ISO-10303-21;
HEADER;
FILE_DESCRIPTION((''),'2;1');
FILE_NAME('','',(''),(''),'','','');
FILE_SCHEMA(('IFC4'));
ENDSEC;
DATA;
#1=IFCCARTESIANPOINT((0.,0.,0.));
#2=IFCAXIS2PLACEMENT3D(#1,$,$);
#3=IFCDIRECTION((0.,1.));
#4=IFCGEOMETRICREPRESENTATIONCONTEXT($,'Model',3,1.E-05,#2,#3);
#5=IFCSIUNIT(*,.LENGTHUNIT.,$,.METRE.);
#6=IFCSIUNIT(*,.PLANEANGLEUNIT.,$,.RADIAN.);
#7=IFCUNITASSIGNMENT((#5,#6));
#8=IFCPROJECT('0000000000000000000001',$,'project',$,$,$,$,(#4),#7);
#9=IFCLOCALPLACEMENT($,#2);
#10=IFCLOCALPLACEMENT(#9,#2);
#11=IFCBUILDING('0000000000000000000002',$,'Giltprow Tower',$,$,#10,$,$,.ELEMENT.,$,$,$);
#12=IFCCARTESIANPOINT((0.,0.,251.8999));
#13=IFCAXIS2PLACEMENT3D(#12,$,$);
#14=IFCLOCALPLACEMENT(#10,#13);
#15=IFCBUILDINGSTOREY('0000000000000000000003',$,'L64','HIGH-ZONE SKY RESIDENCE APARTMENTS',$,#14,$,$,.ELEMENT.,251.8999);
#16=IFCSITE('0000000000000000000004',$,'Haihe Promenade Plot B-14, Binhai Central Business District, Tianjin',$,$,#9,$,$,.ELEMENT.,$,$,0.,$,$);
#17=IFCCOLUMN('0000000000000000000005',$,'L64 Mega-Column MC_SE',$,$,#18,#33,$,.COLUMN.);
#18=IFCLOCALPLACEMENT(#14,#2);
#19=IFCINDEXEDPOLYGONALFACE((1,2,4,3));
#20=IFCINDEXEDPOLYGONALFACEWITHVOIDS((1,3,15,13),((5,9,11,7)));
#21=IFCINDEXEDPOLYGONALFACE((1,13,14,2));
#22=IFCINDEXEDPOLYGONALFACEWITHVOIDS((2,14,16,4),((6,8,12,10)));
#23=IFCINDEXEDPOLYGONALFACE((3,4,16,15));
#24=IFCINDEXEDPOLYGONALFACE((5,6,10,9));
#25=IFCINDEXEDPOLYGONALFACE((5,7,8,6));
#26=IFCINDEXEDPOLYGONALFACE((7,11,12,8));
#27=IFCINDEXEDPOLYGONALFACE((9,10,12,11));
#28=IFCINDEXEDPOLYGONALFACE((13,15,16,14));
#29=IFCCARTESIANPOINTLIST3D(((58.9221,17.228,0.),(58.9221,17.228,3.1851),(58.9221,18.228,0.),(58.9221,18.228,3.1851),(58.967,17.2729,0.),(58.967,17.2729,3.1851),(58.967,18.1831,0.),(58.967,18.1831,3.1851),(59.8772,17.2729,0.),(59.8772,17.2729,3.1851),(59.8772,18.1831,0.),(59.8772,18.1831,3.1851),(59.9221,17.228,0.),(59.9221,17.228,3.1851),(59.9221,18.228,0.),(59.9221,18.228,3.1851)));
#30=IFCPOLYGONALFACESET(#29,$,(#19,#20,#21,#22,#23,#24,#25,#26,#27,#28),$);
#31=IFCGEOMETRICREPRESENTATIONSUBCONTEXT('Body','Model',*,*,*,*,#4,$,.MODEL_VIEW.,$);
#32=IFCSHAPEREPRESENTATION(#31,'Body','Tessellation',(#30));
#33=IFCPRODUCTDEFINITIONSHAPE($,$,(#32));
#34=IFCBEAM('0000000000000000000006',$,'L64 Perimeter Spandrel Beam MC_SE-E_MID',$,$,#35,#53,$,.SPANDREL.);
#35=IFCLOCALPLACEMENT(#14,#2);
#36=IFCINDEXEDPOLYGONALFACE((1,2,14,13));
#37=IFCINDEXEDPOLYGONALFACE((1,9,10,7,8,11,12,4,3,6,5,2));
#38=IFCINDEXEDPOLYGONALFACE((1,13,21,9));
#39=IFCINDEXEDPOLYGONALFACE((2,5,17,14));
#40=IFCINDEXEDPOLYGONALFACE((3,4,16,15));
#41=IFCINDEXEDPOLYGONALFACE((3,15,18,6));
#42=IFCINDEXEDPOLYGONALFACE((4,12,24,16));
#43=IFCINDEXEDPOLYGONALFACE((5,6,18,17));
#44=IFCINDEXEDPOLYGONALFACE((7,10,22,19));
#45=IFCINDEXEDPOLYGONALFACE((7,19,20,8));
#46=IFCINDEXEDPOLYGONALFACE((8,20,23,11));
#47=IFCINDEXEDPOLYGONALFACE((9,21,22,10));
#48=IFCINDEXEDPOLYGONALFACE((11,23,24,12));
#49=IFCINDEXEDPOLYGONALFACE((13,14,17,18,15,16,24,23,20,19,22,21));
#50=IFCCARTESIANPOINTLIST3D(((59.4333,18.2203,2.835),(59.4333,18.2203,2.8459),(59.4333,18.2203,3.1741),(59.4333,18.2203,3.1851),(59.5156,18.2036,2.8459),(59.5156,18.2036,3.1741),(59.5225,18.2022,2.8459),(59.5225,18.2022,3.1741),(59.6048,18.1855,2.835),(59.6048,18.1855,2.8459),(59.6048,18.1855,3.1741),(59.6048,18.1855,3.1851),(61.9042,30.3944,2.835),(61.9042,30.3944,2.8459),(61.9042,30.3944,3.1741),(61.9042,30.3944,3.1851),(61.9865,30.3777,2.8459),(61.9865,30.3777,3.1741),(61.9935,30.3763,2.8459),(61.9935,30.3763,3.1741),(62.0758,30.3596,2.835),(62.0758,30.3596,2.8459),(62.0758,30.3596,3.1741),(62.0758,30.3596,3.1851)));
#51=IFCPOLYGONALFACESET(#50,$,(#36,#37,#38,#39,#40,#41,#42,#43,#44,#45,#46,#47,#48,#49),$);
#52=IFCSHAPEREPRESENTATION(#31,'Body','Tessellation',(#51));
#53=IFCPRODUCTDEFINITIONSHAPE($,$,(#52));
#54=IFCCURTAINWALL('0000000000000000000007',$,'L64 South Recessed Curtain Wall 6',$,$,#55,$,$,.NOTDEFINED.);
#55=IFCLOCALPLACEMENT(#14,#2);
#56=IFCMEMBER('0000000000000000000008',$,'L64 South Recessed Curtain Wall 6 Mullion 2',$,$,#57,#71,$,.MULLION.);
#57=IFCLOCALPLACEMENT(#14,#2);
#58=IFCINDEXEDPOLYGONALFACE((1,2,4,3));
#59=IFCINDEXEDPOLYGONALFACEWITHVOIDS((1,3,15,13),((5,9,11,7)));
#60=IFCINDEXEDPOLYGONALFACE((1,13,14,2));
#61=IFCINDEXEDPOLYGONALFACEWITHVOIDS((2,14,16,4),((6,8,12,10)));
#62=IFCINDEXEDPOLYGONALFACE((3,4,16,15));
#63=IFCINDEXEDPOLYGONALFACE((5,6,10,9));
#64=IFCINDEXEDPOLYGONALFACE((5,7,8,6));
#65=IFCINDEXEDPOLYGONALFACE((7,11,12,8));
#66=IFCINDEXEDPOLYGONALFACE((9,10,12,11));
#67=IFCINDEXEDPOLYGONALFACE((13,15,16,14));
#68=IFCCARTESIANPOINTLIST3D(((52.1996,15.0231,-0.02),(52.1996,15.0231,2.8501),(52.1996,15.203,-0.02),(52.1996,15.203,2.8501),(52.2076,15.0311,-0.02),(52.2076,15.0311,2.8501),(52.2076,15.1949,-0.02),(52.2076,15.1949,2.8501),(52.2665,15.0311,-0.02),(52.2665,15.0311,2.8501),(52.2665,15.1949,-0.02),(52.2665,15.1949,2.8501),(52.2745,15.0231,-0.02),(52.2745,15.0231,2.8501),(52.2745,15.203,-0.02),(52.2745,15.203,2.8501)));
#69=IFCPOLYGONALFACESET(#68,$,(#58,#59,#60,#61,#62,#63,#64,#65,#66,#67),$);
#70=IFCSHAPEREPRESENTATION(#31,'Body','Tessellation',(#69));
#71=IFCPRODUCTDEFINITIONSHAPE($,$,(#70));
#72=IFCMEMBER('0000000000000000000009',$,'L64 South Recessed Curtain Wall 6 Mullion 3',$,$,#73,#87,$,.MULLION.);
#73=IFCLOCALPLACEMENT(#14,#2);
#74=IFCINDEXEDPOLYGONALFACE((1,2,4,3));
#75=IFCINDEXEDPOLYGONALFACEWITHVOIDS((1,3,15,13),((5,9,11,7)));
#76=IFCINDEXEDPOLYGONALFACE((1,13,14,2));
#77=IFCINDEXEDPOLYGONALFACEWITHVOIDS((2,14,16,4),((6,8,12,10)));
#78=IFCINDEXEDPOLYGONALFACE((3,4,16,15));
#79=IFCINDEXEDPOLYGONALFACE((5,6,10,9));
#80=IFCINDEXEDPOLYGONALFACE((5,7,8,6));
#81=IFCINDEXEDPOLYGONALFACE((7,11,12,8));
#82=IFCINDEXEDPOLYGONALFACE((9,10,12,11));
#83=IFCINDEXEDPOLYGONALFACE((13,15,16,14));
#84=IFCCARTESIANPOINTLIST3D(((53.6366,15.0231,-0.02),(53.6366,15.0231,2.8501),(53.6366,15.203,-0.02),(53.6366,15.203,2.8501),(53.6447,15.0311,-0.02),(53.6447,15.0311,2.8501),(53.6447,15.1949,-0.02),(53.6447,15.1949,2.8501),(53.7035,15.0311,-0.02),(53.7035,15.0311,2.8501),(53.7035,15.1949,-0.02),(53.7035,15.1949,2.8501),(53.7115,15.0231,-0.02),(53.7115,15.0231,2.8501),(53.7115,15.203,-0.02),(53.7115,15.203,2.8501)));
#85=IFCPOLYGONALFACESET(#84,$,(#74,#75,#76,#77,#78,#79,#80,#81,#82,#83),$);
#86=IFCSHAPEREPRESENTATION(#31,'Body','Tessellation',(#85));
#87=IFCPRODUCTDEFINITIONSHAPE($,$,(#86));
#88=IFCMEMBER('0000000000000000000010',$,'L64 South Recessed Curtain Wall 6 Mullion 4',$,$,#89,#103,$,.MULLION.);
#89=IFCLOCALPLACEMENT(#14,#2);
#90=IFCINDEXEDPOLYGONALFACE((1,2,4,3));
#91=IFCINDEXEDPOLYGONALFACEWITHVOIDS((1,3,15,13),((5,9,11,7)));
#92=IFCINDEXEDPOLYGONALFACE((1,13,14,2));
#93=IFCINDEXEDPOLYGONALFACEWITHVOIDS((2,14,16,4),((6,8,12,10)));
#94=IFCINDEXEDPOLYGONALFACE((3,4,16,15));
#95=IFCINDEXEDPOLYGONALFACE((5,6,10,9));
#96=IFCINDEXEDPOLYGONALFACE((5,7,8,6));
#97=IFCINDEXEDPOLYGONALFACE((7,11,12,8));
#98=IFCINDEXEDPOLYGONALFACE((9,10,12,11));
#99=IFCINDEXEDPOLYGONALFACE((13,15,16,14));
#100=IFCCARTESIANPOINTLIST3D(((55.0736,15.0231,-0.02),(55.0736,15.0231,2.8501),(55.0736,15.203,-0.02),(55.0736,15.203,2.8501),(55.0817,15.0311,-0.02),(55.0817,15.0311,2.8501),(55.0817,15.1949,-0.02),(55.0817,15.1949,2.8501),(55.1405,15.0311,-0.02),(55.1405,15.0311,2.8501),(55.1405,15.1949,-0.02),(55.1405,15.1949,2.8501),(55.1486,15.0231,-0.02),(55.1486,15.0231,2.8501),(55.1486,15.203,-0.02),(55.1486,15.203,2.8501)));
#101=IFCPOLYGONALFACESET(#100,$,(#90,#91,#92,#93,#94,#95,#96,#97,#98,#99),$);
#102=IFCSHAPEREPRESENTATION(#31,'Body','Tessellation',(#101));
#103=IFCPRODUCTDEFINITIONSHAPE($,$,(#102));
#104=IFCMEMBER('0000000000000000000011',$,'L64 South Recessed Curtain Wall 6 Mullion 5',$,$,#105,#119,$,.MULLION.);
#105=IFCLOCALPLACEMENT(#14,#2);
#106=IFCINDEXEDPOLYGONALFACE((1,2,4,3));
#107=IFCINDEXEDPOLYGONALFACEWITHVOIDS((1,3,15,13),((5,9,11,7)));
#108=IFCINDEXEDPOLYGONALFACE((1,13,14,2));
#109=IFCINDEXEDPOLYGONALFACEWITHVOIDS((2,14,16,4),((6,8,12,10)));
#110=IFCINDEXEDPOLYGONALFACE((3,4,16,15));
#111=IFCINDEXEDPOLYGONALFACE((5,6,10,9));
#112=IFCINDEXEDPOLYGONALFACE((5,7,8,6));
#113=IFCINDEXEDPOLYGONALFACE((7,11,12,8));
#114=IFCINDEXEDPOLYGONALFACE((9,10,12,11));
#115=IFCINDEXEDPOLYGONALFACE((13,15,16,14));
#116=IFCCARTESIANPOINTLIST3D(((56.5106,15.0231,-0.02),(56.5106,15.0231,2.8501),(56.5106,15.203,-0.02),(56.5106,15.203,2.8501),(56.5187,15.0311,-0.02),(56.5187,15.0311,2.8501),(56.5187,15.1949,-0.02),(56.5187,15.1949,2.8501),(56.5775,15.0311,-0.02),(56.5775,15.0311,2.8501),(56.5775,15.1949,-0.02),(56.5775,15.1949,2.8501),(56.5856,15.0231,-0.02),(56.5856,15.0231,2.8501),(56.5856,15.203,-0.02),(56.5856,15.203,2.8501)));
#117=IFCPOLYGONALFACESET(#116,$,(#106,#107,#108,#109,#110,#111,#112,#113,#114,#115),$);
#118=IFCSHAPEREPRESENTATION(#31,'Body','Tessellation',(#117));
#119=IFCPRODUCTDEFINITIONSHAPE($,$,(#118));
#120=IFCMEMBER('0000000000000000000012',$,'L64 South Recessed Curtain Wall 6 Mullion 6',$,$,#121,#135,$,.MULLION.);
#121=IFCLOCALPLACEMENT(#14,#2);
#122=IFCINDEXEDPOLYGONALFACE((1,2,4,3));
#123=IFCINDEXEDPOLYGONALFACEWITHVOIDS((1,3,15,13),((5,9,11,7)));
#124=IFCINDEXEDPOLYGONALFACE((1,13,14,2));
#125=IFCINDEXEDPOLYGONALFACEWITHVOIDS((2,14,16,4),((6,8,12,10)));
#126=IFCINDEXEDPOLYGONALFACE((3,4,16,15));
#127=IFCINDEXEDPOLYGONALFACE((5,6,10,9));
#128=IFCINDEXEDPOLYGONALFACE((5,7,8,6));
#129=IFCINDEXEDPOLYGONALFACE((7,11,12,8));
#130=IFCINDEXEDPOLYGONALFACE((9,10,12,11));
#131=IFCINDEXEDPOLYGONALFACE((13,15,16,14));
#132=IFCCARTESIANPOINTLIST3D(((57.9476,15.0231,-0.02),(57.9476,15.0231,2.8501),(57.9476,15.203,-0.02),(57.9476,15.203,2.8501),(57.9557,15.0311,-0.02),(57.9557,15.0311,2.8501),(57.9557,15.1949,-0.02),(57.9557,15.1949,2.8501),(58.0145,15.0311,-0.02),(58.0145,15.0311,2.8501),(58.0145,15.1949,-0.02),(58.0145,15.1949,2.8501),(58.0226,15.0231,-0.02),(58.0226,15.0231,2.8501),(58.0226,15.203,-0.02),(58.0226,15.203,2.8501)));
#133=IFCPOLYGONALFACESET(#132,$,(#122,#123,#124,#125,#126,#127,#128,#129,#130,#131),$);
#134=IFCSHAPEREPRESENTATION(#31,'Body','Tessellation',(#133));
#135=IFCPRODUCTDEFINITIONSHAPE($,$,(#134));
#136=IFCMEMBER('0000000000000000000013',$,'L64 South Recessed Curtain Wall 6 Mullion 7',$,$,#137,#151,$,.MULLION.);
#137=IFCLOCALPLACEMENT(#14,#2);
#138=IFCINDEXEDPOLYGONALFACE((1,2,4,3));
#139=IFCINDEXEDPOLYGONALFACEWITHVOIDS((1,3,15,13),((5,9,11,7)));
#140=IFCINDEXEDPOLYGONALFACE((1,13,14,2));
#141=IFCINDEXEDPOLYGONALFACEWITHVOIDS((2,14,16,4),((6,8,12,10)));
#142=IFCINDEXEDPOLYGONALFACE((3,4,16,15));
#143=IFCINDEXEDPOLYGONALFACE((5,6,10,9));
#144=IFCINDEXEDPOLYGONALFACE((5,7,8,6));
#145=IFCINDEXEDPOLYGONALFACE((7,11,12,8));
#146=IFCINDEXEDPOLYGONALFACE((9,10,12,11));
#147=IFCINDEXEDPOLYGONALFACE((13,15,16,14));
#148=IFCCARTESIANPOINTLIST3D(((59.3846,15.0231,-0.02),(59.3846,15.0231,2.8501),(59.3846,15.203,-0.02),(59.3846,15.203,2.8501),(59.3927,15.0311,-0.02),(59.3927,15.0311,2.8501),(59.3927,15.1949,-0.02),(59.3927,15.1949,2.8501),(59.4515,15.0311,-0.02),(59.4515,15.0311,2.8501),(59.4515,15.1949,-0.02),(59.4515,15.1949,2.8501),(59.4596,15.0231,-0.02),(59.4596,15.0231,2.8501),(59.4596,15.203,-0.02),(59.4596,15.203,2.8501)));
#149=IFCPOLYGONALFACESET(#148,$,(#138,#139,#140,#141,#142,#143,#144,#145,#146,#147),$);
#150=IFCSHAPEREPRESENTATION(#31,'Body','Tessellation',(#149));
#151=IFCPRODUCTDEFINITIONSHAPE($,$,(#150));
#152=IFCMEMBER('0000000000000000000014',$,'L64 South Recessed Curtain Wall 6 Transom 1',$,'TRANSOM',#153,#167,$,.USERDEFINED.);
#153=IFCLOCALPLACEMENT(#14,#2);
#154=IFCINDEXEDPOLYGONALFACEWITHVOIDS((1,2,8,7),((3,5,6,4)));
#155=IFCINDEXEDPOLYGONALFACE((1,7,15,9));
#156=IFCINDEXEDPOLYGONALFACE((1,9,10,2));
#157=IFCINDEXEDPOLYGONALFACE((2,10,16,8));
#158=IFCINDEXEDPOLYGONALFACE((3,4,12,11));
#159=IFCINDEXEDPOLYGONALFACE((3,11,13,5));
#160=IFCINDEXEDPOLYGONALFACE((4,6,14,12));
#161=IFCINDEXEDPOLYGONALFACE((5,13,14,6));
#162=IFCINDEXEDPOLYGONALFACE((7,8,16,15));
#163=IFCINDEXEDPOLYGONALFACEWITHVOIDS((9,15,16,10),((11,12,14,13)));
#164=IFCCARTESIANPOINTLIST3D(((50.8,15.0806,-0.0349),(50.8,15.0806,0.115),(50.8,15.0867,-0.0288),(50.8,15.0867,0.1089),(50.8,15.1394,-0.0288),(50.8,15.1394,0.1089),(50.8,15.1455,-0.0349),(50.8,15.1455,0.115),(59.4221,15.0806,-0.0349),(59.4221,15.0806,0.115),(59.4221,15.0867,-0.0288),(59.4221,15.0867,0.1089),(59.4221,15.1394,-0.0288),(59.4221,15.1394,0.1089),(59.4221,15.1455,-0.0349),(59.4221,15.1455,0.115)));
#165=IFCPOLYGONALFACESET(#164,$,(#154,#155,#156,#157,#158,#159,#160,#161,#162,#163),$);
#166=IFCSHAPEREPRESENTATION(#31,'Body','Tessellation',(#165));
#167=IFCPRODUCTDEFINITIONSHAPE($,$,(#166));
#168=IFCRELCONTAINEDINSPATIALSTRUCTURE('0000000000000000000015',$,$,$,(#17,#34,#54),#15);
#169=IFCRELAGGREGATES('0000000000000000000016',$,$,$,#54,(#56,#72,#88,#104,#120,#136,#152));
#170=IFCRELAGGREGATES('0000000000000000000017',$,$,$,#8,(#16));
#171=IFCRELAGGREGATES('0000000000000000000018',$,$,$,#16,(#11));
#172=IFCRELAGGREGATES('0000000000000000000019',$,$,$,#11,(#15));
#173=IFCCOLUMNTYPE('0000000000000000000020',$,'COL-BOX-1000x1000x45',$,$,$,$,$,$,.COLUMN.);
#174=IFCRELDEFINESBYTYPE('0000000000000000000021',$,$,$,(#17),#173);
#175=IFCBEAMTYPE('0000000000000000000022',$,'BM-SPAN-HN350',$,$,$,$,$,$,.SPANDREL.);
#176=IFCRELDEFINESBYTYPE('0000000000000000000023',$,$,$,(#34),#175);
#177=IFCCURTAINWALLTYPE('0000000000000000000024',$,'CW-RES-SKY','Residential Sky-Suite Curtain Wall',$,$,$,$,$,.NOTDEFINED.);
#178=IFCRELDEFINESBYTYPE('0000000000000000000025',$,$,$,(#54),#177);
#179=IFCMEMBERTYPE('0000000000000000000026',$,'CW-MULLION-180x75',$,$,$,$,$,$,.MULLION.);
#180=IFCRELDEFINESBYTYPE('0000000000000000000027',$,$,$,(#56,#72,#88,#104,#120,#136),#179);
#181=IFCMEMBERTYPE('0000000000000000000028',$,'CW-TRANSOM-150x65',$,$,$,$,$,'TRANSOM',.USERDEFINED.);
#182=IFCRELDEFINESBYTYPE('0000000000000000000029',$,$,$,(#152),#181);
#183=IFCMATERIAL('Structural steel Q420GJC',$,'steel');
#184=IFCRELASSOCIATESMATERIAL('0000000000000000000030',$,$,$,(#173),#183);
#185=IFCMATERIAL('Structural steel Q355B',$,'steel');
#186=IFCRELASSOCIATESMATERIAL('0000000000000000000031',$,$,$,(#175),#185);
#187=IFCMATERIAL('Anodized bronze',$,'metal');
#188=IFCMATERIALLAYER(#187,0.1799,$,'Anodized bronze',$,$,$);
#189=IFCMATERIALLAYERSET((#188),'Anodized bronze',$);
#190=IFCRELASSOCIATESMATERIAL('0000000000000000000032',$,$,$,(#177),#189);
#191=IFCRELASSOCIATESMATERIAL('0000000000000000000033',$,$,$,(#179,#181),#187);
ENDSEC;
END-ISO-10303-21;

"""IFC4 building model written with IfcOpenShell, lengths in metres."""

from ifc_helpers import new_model, si_unit, direction, frame, origin, origin_2d, place, context, subcontext, project, spatial, hollow_rectangle, i_section, extrude, source, transform, mapped, material, layer, layer_set, material_profile, profile_set, type_object, element, aggregate, save


model = new_model("IFC4")

# Units and contexts
model_context = context("Model", 3, precision=1e-05, world=origin(), true_north=direction((0.0, 1.0)))
body_context = subcontext(model_context, "Body", "Model", "MODEL_VIEW")
ifc_project = project(units=[si_unit("LENGTHUNIT", "METRE"), si_unit("PLANEANGLEUNIT", "RADIAN")], contexts=[model_context])

# Site, building, storey
site_placement = place(None, origin())
site = spatial("IfcSite", under=ifc_project, at=site_placement, Name="Haihe Promenade Plot B-14, Binhai Central Business District, Tianjin", CompositionType="ELEMENT", RefElevation=0.0)
building_placement = place(site_placement, origin())
building = spatial("IfcBuilding", under=site, at=building_placement, Name="Giltprow Tower", CompositionType="ELEMENT")
storey_placement = place(building_placement, frame((0.0, 0.0, 251.8999)))
storey = spatial("IfcBuildingStorey", under=building, at=storey_placement, Name="L64", Description="HIGH-ZONE SKY RESIDENCE APARTMENTS", CompositionType="ELEMENT", Elevation=251.8999)

# Column
ifc_material_1 = material(Name="Structural steel Q420GJC", Category="steel")
ifc_material_profile_1 = material_profile(ifc_material_1, hollow_rectangle(XDim=1.0, YDim=1.0, WallThickness=0.0449, at=origin_2d()), Name="BOX 1000x1000x45")
ifc_profile_set_1 = profile_set([ifc_material_profile_1], Name="Structural steel Q420GJC")
column_type = type_object("IfcColumnType", Name="COL-BOX-1000x1000x45", PredefinedType="COLUMN", material=ifc_profile_set_1)
shared_shape_1 = source(origin(), body_context, "Body", "SweptSolid", [
    extrude(hollow_rectangle(XDim=1.0, YDim=1.0, WallThickness=0.0449, at=origin_2d()), origin(), (0.0, 0.0, 1.0), 3.1851),
])
column_placement = place(storey_placement, frame((59.4221, 17.728, 0.0), z_axis=(0.0, 0.0, 1.0), x_axis=(1.0, 0.0, 0.0)))
element("IfcColumn", 1, at=column_placement, inside=storey, type_object=column_type, Name="L64 Mega-Column MC_SE", PredefinedType="COLUMN", context=body_context, shape_type="MappedRepresentation", body=[
    mapped(shared_shape_1, transform((0.0, 0.0, 0.0), x_axis=(1.0, 0.0, 0.0), y_axis=(0.0, 1.0, 0.0), z_axis=(0.0, 0.0, 1.0), scale=1.0)),
])

# Beam
ifc_material_2 = material(Name="Structural steel Q355B", Category="steel")
ifc_material_profile_2 = material_profile(ifc_material_2, i_section(OverallWidth=0.175, OverallDepth=0.3501, WebThickness=0.0071, FlangeThickness=0.011, at=origin_2d()), Name="HN 350x175x7x11")
ifc_profile_set_2 = profile_set([ifc_material_profile_2], Name="Structural steel Q355B")
beam_type = type_object("IfcBeamType", Name="BM-SPAN-HN350", PredefinedType="SPANDREL", material=ifc_profile_set_2)
shared_shape_2 = source(origin(), body_context, "Body", "SweptSolid", [
    extrude(i_section(OverallWidth=0.175, OverallDepth=0.3501, WebThickness=0.0071, FlangeThickness=0.011, at=origin_2d()), origin(), (0.0, 0.0, 1.0), 12.4224),
])
beam_placement = place(storey_placement, frame((59.519, 18.2029, 3.01), z_axis=(0.198912, 0.980017, 0.0), x_axis=(-0.980017, 0.198912, 0.0)))
element("IfcBeam", 2, at=beam_placement, inside=storey, type_object=beam_type, Name="L64 Perimeter Spandrel Beam MC_SE-E_MID", PredefinedType="SPANDREL", context=body_context, shape_type="MappedRepresentation", body=[
    mapped(shared_shape_2, transform((0.0, 0.0, 0.0), x_axis=(1.0, 0.0, 0.0), y_axis=(0.0, 1.0, 0.0), z_axis=(0.0, 0.0, 1.0), scale=1.0)),
])

# Curtain wall, members
ifc_material_3 = material(Name="Anodized bronze", Category="metal")
ifc_layer_1 = layer(ifc_material_3, 0.1799, Name="Anodized bronze")
ifc_layer_set_1 = layer_set([ifc_layer_1], Name="Anodized bronze")
curtain_wall_type = type_object("IfcCurtainWallType", Name="CW-RES-SKY", Description="Residential Sky-Suite Curtain Wall", PredefinedType="NOTDEFINED", material=ifc_layer_set_1)
curtain_wall_placement = place(storey_placement, origin())
curtain_wall = element("IfcCurtainWall", 3, at=curtain_wall_placement, inside=storey, type_object=curtain_wall_type, Name="L64 South Recessed Curtain Wall 6", PredefinedType="NOTDEFINED")
ifc_material_profile_3 = material_profile(ifc_material_3, hollow_rectangle(XDim=0.075, YDim=0.1799, WallThickness=0.0081, at=origin_2d()), Name="RHS 180x75x8")
ifc_profile_set_3 = profile_set([ifc_material_profile_3], Name="Anodized bronze")
member_type_1 = type_object("IfcMemberType", Name="CW-MULLION-180x75", PredefinedType="MULLION", material=ifc_profile_set_3)
shared_shape_3 = source(origin(), body_context, "Body", "SweptSolid", [
    extrude(hollow_rectangle(XDim=0.075, YDim=0.1799, WallThickness=0.0081, at=origin_2d()), origin(), (0.0, 0.0, 1.0), 2.8701),
])
member_1_placement = place(storey_placement, frame((52.2371, 15.113, -0.02), z_axis=(0.0, 0.0, 1.0), x_axis=(1.0, 0.0, 0.0)))
member_1 = element("IfcMember", 4, at=member_1_placement, type_object=member_type_1, Name="L64 South Recessed Curtain Wall 6 Mullion 2", PredefinedType="MULLION", context=body_context, shape_type="MappedRepresentation", body=[
    mapped(shared_shape_3, transform((0.0, 0.0, 0.0), x_axis=(1.0, 0.0, 0.0), y_axis=(0.0, 1.0, 0.0), z_axis=(0.0, 0.0, 1.0), scale=1.0)),
])
member_2_placement = place(storey_placement, frame((53.6741, 15.113, -0.02), z_axis=(0.0, 0.0, 1.0), x_axis=(1.0, 0.0, 0.0)))
member_2 = element("IfcMember", 5, at=member_2_placement, type_object=member_type_1, Name="L64 South Recessed Curtain Wall 6 Mullion 3", PredefinedType="MULLION", context=body_context, shape_type="MappedRepresentation", body=[
    mapped(shared_shape_3, transform((0.0, 0.0, 0.0), x_axis=(1.0, 0.0, 0.0), y_axis=(0.0, 1.0, 0.0), z_axis=(0.0, 0.0, 1.0), scale=1.0)),
])
member_3_placement = place(storey_placement, frame((55.1111, 15.113, -0.02), z_axis=(0.0, 0.0, 1.0), x_axis=(1.0, 0.0, 0.0)))
member_3 = element("IfcMember", 6, at=member_3_placement, type_object=member_type_1, Name="L64 South Recessed Curtain Wall 6 Mullion 4", PredefinedType="MULLION", context=body_context, shape_type="MappedRepresentation", body=[
    mapped(shared_shape_3, transform((0.0, 0.0, 0.0), x_axis=(1.0, 0.0, 0.0), y_axis=(0.0, 1.0, 0.0), z_axis=(0.0, 0.0, 1.0), scale=1.0)),
])
member_4_placement = place(storey_placement, frame((56.5481, 15.113, -0.02), z_axis=(0.0, 0.0, 1.0), x_axis=(1.0, 0.0, 0.0)))
member_4 = element("IfcMember", 7, at=member_4_placement, type_object=member_type_1, Name="L64 South Recessed Curtain Wall 6 Mullion 5", PredefinedType="MULLION", context=body_context, shape_type="MappedRepresentation", body=[
    mapped(shared_shape_3, transform((0.0, 0.0, 0.0), x_axis=(1.0, 0.0, 0.0), y_axis=(0.0, 1.0, 0.0), z_axis=(0.0, 0.0, 1.0), scale=1.0)),
])
member_5_placement = place(storey_placement, frame((57.9851, 15.113, -0.02), z_axis=(0.0, 0.0, 1.0), x_axis=(1.0, 0.0, 0.0)))
member_5 = element("IfcMember", 8, at=member_5_placement, type_object=member_type_1, Name="L64 South Recessed Curtain Wall 6 Mullion 6", PredefinedType="MULLION", context=body_context, shape_type="MappedRepresentation", body=[
    mapped(shared_shape_3, transform((0.0, 0.0, 0.0), x_axis=(1.0, 0.0, 0.0), y_axis=(0.0, 1.0, 0.0), z_axis=(0.0, 0.0, 1.0), scale=1.0)),
])
member_6_placement = place(storey_placement, frame((59.4221, 15.113, -0.02), z_axis=(0.0, 0.0, 1.0), x_axis=(1.0, 0.0, 0.0)))
member_6 = element("IfcMember", 9, at=member_6_placement, type_object=member_type_1, Name="L64 South Recessed Curtain Wall 6 Mullion 7", PredefinedType="MULLION", context=body_context, shape_type="MappedRepresentation", body=[
    mapped(shared_shape_3, transform((0.0, 0.0, 0.0), x_axis=(1.0, 0.0, 0.0), y_axis=(0.0, 1.0, 0.0), z_axis=(0.0, 0.0, 1.0), scale=1.0)),
])
ifc_material_profile_4 = material_profile(ifc_material_3, hollow_rectangle(XDim=0.0649, YDim=0.1499, WallThickness=0.0061, at=origin_2d()), Name="RHS 150x65x6")
ifc_profile_set_4 = profile_set([ifc_material_profile_4], Name="Anodized bronze")
member_type_2 = type_object("IfcMemberType", Name="CW-TRANSOM-150x65", ElementType="TRANSOM", PredefinedType="USERDEFINED", material=ifc_profile_set_4)
shared_shape_4 = source(origin(), body_context, "Body", "SweptSolid", [
    extrude(hollow_rectangle(XDim=0.0649, YDim=0.1499, WallThickness=0.0061, at=origin_2d()), origin(), (0.0, 0.0, 1.0), 8.6221),
])
member_7_placement = place(storey_placement, frame((50.8, 15.113, 0.04), z_axis=(1.0, 0.0, 0.0), x_axis=(0.0, 1.0, 0.0)))
member_7 = element("IfcMember", 10, at=member_7_placement, type_object=member_type_2, Name="L64 South Recessed Curtain Wall 6 Transom 1", ObjectType="TRANSOM", PredefinedType="USERDEFINED", context=body_context, shape_type="MappedRepresentation", body=[
    mapped(shared_shape_4, transform((0.0, 0.0, 0.0), x_axis=(1.0, 0.0, 0.0), y_axis=(0.0, 1.0, 0.0), z_axis=(0.0, 0.0, 1.0), scale=1.0)),
])

aggregate(curtain_wall, [member_1, member_2, member_3, member_4, member_5, member_6, member_7])

save(model, "model.ifc")
